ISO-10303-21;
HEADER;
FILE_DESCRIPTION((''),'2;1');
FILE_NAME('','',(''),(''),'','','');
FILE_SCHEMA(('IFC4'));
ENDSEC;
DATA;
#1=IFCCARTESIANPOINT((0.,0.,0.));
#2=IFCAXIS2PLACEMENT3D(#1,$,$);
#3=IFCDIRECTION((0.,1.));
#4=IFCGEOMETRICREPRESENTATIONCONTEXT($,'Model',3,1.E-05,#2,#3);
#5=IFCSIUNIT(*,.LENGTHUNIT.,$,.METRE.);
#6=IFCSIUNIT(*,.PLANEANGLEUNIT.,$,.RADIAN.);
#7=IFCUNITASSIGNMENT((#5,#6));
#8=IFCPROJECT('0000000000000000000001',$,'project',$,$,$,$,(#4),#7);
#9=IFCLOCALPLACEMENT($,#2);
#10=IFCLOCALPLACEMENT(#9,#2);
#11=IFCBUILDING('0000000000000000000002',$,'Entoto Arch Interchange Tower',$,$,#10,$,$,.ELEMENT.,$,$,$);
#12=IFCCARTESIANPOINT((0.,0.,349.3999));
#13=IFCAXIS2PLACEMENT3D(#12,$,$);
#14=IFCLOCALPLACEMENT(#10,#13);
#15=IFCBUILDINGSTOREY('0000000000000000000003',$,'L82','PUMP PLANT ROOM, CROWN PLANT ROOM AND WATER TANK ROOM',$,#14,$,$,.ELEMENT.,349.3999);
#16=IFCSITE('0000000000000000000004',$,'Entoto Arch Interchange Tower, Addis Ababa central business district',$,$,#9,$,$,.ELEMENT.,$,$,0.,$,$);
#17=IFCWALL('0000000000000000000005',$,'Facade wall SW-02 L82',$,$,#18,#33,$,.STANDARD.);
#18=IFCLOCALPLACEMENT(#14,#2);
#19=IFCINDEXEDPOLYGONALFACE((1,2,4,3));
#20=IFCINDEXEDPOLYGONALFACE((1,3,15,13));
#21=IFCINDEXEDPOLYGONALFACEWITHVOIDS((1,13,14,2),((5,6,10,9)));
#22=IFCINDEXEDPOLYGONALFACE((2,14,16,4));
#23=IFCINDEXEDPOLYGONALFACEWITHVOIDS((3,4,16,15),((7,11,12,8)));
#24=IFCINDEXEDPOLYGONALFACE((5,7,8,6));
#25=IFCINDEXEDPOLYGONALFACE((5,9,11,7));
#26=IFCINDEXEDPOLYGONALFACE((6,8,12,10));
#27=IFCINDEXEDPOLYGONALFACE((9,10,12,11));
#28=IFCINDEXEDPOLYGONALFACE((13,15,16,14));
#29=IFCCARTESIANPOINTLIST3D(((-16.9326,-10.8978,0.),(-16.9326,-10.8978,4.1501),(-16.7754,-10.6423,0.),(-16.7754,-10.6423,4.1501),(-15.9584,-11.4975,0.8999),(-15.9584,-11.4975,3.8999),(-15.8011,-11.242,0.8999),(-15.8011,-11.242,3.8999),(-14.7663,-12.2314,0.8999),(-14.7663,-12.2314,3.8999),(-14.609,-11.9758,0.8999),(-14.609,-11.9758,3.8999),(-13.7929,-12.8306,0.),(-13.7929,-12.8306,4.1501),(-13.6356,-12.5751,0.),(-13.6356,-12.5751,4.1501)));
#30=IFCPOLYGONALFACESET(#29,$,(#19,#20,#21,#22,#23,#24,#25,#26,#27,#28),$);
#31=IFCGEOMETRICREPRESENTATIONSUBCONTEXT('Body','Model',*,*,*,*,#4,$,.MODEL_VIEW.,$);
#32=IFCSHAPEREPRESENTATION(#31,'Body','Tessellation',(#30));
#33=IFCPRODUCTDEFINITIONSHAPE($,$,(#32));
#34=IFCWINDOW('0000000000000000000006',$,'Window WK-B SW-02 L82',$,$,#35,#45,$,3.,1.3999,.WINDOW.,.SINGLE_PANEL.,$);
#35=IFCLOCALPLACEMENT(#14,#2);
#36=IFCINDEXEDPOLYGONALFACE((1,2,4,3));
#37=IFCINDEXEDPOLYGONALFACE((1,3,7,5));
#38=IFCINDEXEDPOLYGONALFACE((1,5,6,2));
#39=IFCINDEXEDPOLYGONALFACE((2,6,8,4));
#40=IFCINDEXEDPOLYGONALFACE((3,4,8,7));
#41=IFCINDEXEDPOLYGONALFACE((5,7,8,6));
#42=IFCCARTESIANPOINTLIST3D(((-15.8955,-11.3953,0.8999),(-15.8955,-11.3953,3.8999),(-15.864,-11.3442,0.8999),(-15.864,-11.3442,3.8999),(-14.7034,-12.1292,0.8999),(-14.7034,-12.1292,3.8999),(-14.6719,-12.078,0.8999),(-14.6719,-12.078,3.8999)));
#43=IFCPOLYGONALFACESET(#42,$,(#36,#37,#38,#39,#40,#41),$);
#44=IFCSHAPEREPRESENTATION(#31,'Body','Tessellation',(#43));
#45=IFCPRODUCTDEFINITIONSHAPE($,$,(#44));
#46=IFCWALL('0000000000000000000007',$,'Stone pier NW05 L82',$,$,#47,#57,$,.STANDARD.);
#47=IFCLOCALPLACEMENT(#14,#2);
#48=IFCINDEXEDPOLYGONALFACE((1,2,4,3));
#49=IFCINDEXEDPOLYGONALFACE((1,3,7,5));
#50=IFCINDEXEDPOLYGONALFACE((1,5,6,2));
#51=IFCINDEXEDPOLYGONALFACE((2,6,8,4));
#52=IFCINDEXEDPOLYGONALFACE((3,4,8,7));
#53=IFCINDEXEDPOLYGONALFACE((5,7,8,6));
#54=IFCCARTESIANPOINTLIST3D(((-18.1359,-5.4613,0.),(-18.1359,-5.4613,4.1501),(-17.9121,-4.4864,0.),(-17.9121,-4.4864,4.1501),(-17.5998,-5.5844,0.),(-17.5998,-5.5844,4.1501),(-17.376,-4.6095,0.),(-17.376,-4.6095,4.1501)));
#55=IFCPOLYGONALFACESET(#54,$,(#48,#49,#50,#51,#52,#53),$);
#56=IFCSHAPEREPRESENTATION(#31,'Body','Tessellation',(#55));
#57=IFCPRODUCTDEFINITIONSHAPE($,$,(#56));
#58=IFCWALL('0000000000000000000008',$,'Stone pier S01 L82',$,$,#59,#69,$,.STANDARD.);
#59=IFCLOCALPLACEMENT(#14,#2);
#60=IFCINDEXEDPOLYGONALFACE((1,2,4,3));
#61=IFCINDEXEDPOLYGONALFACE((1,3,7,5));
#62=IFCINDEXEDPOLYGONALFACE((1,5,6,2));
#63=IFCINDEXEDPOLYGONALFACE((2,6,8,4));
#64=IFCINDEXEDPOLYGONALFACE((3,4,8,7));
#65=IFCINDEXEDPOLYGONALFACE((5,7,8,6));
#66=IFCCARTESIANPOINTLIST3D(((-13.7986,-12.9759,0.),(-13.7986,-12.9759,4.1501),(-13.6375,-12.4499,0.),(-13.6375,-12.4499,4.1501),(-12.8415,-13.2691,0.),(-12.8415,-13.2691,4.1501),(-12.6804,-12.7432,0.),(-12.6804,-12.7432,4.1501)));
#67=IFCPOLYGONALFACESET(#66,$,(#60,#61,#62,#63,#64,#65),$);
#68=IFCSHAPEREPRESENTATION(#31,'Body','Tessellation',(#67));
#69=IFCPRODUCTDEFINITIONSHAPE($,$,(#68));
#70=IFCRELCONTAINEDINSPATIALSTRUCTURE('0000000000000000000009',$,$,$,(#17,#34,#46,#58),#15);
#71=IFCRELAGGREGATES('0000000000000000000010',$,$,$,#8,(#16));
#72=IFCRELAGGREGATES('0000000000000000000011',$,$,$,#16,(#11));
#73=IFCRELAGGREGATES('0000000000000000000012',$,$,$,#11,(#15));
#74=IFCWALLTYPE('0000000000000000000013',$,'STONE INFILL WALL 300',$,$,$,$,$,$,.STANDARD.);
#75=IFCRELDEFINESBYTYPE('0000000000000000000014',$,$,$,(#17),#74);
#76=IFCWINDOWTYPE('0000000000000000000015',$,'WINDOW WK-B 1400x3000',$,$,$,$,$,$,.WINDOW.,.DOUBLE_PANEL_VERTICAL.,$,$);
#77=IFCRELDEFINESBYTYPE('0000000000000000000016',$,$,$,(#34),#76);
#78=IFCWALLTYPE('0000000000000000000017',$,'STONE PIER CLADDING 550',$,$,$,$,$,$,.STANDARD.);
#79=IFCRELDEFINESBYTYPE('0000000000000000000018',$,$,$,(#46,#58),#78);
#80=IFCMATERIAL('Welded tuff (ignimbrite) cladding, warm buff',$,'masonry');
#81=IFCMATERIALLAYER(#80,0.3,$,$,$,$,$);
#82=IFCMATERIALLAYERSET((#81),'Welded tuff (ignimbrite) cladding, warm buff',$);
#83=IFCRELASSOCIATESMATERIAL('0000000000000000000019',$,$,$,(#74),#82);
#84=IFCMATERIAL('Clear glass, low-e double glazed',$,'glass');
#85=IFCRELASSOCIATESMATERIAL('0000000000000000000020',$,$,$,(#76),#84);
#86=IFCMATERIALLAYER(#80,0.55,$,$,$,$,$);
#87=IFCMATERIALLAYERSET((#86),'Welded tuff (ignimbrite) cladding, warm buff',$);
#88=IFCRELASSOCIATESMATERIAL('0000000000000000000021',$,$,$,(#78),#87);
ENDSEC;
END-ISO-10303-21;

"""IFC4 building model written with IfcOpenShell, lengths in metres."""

from ifc_helpers import new_model, si_unit, direction, frame, frame_2d, origin, place, context, subcontext, project, spatial, rectangle, extrude, material, layer, layer_set, type_object, element, fill, save


model = new_model("IFC4")

# Units and contexts
model_context = context("Model", 3, precision=1e-05, world=origin(), true_north=direction((0.0, 1.0)))
body_context = subcontext(model_context, "Body", "Model", "MODEL_VIEW")
ifc_project = project(units=[si_unit("LENGTHUNIT", "METRE"), si_unit("PLANEANGLEUNIT", "RADIAN")], contexts=[model_context])

# Site, building, storey
site_placement = place(None, origin())
site = spatial("IfcSite", under=ifc_project, at=site_placement, Name="Entoto Arch Interchange Tower, Addis Ababa central business district", CompositionType="ELEMENT", RefElevation=0.0)
building_placement = place(site_placement, origin())
building = spatial("IfcBuilding", under=site, at=building_placement, Name="Entoto Arch Interchange Tower", CompositionType="ELEMENT")
storey_placement = place(building_placement, frame((0.0, 0.0, 349.3999)))
storey = spatial("IfcBuildingStorey", under=building, at=storey_placement, Name="L82", Description="PUMP PLANT ROOM, CROWN PLANT ROOM AND WATER TANK ROOM", CompositionType="ELEMENT", Elevation=349.3999)

# Shared definitions
ifc_material_1 = material(Name="Welded tuff (ignimbrite) cladding, warm buff", Category="masonry")
ifc_layer_1 = layer(ifc_material_1, 0.3)
ifc_layer_set_1 = layer_set([ifc_layer_1], Name="Welded tuff (ignimbrite) cladding, warm buff")
wall_type_1 = type_object("IfcWallType", Name="STONE INFILL WALL 300", PredefinedType="STANDARD", material=ifc_layer_set_1)
ifc_material_2 = material(Name="Clear glass, low-e double glazed", Category="glass")
window_type = type_object("IfcWindowType", Name="WINDOW WK-B 1400x3000", PartitioningType="DOUBLE_PANEL_VERTICAL", PredefinedType="WINDOW", material=ifc_material_2)

# Wall, opening, window
wall_1_placement = place(storey_placement, frame((-16.854, -10.77, 0.0), z_axis=(0.0, 0.0, 1.0), x_axis=(0.851583, -0.524219, 0.0)))
wall_1 = element("IfcWall", 1, at=wall_1_placement, inside=storey, type_object=wall_type_1, Name="Facade wall SW-02 L82", PredefinedType="STANDARD", context=body_context, shape_type="SweptSolid", body=[
    extrude(rectangle(XDim=3.687, YDim=0.3, at=frame_2d((1.8435, 0.0))), origin(), (0.0, 0.0, 1.0), 4.1501),
])
opening_1_placement = place(wall_1_placement, frame((1.144, 0.0, 0.8999)))
opening_1 = element("IfcOpeningElement", 2, at=opening_1_placement, cuts=wall_1, PredefinedType="OPENING", context=body_context, shape_type="SweptSolid", body=[
    extrude(rectangle(XDim=1.3999, YDim=3.0, at=frame_2d((0.7, 1.5))), frame((0.0, 0.1602, 0.0), z_axis=(0.0, -1.0, 0.0), x_axis=(1.0, 0.0, 0.0)), (0.0, 0.0, 1.0), 0.3201),
])
window_1_placement = place(opening_1_placement, origin())
window_1 = element("IfcWindow", 3, at=window_1_placement, inside=storey, type_object=window_type, Name="Window WK-B SW-02 L82", OverallHeight=3.0, OverallWidth=1.3999, PartitioningType="SINGLE_PANEL", PredefinedType="WINDOW", context=body_context, shape_type="SweptSolid", body=[
    extrude(rectangle(XDim=1.3999, YDim=3.0, at=frame_2d((0.7, 1.5))), frame((0.0, 0.03, 0.0), z_axis=(0.0, -1.0, 0.0), x_axis=(1.0, 0.0, 0.0)), (0.0, 0.0, 1.0), 0.0601),
])
fill(opening_1, window_1)

# Walls
ifc_layer_2 = layer(ifc_material_1, 0.55)
ifc_layer_set_2 = layer_set([ifc_layer_2], Name="Welded tuff (ignimbrite) cladding, warm buff")
wall_type_2 = type_object("IfcWallType", Name="STONE PIER CLADDING 550", PredefinedType="STANDARD", material=ifc_layer_set_2)
wall_2_placement = place(storey_placement, frame((-17.644, -4.5481, 0.0), z_axis=(0.0, 0.0, 1.0), x_axis=(-0.223825, -0.974629, 0.0)))
element("IfcWall", 4, at=wall_2_placement, inside=storey, type_object=wall_type_2, Name="Stone pier NW05 L82", PredefinedType="STANDARD", context=body_context, shape_type="SweptSolid", body=[
    extrude(rectangle(XDim=1.0002, YDim=0.55, at=frame_2d((0.5, 0.0))), origin(), (0.0, 0.0, 1.0), 4.1501),
])
wall_3_placement = place(storey_placement, frame((-13.718, -12.7129, 0.0), z_axis=(0.0, 0.0, 1.0), x_axis=(0.956132, -0.292937, 0.0)))
element("IfcWall", 5, at=wall_3_placement, inside=storey, type_object=wall_type_2, Name="Stone pier S01 L82", PredefinedType="STANDARD", context=body_context, shape_type="SweptSolid", body=[
    extrude(rectangle(XDim=1.001, YDim=0.55, at=frame_2d((0.5005, 0.0))), origin(), (0.0, 0.0, 1.0), 4.1501),
])

save(model, "model.ifc")
